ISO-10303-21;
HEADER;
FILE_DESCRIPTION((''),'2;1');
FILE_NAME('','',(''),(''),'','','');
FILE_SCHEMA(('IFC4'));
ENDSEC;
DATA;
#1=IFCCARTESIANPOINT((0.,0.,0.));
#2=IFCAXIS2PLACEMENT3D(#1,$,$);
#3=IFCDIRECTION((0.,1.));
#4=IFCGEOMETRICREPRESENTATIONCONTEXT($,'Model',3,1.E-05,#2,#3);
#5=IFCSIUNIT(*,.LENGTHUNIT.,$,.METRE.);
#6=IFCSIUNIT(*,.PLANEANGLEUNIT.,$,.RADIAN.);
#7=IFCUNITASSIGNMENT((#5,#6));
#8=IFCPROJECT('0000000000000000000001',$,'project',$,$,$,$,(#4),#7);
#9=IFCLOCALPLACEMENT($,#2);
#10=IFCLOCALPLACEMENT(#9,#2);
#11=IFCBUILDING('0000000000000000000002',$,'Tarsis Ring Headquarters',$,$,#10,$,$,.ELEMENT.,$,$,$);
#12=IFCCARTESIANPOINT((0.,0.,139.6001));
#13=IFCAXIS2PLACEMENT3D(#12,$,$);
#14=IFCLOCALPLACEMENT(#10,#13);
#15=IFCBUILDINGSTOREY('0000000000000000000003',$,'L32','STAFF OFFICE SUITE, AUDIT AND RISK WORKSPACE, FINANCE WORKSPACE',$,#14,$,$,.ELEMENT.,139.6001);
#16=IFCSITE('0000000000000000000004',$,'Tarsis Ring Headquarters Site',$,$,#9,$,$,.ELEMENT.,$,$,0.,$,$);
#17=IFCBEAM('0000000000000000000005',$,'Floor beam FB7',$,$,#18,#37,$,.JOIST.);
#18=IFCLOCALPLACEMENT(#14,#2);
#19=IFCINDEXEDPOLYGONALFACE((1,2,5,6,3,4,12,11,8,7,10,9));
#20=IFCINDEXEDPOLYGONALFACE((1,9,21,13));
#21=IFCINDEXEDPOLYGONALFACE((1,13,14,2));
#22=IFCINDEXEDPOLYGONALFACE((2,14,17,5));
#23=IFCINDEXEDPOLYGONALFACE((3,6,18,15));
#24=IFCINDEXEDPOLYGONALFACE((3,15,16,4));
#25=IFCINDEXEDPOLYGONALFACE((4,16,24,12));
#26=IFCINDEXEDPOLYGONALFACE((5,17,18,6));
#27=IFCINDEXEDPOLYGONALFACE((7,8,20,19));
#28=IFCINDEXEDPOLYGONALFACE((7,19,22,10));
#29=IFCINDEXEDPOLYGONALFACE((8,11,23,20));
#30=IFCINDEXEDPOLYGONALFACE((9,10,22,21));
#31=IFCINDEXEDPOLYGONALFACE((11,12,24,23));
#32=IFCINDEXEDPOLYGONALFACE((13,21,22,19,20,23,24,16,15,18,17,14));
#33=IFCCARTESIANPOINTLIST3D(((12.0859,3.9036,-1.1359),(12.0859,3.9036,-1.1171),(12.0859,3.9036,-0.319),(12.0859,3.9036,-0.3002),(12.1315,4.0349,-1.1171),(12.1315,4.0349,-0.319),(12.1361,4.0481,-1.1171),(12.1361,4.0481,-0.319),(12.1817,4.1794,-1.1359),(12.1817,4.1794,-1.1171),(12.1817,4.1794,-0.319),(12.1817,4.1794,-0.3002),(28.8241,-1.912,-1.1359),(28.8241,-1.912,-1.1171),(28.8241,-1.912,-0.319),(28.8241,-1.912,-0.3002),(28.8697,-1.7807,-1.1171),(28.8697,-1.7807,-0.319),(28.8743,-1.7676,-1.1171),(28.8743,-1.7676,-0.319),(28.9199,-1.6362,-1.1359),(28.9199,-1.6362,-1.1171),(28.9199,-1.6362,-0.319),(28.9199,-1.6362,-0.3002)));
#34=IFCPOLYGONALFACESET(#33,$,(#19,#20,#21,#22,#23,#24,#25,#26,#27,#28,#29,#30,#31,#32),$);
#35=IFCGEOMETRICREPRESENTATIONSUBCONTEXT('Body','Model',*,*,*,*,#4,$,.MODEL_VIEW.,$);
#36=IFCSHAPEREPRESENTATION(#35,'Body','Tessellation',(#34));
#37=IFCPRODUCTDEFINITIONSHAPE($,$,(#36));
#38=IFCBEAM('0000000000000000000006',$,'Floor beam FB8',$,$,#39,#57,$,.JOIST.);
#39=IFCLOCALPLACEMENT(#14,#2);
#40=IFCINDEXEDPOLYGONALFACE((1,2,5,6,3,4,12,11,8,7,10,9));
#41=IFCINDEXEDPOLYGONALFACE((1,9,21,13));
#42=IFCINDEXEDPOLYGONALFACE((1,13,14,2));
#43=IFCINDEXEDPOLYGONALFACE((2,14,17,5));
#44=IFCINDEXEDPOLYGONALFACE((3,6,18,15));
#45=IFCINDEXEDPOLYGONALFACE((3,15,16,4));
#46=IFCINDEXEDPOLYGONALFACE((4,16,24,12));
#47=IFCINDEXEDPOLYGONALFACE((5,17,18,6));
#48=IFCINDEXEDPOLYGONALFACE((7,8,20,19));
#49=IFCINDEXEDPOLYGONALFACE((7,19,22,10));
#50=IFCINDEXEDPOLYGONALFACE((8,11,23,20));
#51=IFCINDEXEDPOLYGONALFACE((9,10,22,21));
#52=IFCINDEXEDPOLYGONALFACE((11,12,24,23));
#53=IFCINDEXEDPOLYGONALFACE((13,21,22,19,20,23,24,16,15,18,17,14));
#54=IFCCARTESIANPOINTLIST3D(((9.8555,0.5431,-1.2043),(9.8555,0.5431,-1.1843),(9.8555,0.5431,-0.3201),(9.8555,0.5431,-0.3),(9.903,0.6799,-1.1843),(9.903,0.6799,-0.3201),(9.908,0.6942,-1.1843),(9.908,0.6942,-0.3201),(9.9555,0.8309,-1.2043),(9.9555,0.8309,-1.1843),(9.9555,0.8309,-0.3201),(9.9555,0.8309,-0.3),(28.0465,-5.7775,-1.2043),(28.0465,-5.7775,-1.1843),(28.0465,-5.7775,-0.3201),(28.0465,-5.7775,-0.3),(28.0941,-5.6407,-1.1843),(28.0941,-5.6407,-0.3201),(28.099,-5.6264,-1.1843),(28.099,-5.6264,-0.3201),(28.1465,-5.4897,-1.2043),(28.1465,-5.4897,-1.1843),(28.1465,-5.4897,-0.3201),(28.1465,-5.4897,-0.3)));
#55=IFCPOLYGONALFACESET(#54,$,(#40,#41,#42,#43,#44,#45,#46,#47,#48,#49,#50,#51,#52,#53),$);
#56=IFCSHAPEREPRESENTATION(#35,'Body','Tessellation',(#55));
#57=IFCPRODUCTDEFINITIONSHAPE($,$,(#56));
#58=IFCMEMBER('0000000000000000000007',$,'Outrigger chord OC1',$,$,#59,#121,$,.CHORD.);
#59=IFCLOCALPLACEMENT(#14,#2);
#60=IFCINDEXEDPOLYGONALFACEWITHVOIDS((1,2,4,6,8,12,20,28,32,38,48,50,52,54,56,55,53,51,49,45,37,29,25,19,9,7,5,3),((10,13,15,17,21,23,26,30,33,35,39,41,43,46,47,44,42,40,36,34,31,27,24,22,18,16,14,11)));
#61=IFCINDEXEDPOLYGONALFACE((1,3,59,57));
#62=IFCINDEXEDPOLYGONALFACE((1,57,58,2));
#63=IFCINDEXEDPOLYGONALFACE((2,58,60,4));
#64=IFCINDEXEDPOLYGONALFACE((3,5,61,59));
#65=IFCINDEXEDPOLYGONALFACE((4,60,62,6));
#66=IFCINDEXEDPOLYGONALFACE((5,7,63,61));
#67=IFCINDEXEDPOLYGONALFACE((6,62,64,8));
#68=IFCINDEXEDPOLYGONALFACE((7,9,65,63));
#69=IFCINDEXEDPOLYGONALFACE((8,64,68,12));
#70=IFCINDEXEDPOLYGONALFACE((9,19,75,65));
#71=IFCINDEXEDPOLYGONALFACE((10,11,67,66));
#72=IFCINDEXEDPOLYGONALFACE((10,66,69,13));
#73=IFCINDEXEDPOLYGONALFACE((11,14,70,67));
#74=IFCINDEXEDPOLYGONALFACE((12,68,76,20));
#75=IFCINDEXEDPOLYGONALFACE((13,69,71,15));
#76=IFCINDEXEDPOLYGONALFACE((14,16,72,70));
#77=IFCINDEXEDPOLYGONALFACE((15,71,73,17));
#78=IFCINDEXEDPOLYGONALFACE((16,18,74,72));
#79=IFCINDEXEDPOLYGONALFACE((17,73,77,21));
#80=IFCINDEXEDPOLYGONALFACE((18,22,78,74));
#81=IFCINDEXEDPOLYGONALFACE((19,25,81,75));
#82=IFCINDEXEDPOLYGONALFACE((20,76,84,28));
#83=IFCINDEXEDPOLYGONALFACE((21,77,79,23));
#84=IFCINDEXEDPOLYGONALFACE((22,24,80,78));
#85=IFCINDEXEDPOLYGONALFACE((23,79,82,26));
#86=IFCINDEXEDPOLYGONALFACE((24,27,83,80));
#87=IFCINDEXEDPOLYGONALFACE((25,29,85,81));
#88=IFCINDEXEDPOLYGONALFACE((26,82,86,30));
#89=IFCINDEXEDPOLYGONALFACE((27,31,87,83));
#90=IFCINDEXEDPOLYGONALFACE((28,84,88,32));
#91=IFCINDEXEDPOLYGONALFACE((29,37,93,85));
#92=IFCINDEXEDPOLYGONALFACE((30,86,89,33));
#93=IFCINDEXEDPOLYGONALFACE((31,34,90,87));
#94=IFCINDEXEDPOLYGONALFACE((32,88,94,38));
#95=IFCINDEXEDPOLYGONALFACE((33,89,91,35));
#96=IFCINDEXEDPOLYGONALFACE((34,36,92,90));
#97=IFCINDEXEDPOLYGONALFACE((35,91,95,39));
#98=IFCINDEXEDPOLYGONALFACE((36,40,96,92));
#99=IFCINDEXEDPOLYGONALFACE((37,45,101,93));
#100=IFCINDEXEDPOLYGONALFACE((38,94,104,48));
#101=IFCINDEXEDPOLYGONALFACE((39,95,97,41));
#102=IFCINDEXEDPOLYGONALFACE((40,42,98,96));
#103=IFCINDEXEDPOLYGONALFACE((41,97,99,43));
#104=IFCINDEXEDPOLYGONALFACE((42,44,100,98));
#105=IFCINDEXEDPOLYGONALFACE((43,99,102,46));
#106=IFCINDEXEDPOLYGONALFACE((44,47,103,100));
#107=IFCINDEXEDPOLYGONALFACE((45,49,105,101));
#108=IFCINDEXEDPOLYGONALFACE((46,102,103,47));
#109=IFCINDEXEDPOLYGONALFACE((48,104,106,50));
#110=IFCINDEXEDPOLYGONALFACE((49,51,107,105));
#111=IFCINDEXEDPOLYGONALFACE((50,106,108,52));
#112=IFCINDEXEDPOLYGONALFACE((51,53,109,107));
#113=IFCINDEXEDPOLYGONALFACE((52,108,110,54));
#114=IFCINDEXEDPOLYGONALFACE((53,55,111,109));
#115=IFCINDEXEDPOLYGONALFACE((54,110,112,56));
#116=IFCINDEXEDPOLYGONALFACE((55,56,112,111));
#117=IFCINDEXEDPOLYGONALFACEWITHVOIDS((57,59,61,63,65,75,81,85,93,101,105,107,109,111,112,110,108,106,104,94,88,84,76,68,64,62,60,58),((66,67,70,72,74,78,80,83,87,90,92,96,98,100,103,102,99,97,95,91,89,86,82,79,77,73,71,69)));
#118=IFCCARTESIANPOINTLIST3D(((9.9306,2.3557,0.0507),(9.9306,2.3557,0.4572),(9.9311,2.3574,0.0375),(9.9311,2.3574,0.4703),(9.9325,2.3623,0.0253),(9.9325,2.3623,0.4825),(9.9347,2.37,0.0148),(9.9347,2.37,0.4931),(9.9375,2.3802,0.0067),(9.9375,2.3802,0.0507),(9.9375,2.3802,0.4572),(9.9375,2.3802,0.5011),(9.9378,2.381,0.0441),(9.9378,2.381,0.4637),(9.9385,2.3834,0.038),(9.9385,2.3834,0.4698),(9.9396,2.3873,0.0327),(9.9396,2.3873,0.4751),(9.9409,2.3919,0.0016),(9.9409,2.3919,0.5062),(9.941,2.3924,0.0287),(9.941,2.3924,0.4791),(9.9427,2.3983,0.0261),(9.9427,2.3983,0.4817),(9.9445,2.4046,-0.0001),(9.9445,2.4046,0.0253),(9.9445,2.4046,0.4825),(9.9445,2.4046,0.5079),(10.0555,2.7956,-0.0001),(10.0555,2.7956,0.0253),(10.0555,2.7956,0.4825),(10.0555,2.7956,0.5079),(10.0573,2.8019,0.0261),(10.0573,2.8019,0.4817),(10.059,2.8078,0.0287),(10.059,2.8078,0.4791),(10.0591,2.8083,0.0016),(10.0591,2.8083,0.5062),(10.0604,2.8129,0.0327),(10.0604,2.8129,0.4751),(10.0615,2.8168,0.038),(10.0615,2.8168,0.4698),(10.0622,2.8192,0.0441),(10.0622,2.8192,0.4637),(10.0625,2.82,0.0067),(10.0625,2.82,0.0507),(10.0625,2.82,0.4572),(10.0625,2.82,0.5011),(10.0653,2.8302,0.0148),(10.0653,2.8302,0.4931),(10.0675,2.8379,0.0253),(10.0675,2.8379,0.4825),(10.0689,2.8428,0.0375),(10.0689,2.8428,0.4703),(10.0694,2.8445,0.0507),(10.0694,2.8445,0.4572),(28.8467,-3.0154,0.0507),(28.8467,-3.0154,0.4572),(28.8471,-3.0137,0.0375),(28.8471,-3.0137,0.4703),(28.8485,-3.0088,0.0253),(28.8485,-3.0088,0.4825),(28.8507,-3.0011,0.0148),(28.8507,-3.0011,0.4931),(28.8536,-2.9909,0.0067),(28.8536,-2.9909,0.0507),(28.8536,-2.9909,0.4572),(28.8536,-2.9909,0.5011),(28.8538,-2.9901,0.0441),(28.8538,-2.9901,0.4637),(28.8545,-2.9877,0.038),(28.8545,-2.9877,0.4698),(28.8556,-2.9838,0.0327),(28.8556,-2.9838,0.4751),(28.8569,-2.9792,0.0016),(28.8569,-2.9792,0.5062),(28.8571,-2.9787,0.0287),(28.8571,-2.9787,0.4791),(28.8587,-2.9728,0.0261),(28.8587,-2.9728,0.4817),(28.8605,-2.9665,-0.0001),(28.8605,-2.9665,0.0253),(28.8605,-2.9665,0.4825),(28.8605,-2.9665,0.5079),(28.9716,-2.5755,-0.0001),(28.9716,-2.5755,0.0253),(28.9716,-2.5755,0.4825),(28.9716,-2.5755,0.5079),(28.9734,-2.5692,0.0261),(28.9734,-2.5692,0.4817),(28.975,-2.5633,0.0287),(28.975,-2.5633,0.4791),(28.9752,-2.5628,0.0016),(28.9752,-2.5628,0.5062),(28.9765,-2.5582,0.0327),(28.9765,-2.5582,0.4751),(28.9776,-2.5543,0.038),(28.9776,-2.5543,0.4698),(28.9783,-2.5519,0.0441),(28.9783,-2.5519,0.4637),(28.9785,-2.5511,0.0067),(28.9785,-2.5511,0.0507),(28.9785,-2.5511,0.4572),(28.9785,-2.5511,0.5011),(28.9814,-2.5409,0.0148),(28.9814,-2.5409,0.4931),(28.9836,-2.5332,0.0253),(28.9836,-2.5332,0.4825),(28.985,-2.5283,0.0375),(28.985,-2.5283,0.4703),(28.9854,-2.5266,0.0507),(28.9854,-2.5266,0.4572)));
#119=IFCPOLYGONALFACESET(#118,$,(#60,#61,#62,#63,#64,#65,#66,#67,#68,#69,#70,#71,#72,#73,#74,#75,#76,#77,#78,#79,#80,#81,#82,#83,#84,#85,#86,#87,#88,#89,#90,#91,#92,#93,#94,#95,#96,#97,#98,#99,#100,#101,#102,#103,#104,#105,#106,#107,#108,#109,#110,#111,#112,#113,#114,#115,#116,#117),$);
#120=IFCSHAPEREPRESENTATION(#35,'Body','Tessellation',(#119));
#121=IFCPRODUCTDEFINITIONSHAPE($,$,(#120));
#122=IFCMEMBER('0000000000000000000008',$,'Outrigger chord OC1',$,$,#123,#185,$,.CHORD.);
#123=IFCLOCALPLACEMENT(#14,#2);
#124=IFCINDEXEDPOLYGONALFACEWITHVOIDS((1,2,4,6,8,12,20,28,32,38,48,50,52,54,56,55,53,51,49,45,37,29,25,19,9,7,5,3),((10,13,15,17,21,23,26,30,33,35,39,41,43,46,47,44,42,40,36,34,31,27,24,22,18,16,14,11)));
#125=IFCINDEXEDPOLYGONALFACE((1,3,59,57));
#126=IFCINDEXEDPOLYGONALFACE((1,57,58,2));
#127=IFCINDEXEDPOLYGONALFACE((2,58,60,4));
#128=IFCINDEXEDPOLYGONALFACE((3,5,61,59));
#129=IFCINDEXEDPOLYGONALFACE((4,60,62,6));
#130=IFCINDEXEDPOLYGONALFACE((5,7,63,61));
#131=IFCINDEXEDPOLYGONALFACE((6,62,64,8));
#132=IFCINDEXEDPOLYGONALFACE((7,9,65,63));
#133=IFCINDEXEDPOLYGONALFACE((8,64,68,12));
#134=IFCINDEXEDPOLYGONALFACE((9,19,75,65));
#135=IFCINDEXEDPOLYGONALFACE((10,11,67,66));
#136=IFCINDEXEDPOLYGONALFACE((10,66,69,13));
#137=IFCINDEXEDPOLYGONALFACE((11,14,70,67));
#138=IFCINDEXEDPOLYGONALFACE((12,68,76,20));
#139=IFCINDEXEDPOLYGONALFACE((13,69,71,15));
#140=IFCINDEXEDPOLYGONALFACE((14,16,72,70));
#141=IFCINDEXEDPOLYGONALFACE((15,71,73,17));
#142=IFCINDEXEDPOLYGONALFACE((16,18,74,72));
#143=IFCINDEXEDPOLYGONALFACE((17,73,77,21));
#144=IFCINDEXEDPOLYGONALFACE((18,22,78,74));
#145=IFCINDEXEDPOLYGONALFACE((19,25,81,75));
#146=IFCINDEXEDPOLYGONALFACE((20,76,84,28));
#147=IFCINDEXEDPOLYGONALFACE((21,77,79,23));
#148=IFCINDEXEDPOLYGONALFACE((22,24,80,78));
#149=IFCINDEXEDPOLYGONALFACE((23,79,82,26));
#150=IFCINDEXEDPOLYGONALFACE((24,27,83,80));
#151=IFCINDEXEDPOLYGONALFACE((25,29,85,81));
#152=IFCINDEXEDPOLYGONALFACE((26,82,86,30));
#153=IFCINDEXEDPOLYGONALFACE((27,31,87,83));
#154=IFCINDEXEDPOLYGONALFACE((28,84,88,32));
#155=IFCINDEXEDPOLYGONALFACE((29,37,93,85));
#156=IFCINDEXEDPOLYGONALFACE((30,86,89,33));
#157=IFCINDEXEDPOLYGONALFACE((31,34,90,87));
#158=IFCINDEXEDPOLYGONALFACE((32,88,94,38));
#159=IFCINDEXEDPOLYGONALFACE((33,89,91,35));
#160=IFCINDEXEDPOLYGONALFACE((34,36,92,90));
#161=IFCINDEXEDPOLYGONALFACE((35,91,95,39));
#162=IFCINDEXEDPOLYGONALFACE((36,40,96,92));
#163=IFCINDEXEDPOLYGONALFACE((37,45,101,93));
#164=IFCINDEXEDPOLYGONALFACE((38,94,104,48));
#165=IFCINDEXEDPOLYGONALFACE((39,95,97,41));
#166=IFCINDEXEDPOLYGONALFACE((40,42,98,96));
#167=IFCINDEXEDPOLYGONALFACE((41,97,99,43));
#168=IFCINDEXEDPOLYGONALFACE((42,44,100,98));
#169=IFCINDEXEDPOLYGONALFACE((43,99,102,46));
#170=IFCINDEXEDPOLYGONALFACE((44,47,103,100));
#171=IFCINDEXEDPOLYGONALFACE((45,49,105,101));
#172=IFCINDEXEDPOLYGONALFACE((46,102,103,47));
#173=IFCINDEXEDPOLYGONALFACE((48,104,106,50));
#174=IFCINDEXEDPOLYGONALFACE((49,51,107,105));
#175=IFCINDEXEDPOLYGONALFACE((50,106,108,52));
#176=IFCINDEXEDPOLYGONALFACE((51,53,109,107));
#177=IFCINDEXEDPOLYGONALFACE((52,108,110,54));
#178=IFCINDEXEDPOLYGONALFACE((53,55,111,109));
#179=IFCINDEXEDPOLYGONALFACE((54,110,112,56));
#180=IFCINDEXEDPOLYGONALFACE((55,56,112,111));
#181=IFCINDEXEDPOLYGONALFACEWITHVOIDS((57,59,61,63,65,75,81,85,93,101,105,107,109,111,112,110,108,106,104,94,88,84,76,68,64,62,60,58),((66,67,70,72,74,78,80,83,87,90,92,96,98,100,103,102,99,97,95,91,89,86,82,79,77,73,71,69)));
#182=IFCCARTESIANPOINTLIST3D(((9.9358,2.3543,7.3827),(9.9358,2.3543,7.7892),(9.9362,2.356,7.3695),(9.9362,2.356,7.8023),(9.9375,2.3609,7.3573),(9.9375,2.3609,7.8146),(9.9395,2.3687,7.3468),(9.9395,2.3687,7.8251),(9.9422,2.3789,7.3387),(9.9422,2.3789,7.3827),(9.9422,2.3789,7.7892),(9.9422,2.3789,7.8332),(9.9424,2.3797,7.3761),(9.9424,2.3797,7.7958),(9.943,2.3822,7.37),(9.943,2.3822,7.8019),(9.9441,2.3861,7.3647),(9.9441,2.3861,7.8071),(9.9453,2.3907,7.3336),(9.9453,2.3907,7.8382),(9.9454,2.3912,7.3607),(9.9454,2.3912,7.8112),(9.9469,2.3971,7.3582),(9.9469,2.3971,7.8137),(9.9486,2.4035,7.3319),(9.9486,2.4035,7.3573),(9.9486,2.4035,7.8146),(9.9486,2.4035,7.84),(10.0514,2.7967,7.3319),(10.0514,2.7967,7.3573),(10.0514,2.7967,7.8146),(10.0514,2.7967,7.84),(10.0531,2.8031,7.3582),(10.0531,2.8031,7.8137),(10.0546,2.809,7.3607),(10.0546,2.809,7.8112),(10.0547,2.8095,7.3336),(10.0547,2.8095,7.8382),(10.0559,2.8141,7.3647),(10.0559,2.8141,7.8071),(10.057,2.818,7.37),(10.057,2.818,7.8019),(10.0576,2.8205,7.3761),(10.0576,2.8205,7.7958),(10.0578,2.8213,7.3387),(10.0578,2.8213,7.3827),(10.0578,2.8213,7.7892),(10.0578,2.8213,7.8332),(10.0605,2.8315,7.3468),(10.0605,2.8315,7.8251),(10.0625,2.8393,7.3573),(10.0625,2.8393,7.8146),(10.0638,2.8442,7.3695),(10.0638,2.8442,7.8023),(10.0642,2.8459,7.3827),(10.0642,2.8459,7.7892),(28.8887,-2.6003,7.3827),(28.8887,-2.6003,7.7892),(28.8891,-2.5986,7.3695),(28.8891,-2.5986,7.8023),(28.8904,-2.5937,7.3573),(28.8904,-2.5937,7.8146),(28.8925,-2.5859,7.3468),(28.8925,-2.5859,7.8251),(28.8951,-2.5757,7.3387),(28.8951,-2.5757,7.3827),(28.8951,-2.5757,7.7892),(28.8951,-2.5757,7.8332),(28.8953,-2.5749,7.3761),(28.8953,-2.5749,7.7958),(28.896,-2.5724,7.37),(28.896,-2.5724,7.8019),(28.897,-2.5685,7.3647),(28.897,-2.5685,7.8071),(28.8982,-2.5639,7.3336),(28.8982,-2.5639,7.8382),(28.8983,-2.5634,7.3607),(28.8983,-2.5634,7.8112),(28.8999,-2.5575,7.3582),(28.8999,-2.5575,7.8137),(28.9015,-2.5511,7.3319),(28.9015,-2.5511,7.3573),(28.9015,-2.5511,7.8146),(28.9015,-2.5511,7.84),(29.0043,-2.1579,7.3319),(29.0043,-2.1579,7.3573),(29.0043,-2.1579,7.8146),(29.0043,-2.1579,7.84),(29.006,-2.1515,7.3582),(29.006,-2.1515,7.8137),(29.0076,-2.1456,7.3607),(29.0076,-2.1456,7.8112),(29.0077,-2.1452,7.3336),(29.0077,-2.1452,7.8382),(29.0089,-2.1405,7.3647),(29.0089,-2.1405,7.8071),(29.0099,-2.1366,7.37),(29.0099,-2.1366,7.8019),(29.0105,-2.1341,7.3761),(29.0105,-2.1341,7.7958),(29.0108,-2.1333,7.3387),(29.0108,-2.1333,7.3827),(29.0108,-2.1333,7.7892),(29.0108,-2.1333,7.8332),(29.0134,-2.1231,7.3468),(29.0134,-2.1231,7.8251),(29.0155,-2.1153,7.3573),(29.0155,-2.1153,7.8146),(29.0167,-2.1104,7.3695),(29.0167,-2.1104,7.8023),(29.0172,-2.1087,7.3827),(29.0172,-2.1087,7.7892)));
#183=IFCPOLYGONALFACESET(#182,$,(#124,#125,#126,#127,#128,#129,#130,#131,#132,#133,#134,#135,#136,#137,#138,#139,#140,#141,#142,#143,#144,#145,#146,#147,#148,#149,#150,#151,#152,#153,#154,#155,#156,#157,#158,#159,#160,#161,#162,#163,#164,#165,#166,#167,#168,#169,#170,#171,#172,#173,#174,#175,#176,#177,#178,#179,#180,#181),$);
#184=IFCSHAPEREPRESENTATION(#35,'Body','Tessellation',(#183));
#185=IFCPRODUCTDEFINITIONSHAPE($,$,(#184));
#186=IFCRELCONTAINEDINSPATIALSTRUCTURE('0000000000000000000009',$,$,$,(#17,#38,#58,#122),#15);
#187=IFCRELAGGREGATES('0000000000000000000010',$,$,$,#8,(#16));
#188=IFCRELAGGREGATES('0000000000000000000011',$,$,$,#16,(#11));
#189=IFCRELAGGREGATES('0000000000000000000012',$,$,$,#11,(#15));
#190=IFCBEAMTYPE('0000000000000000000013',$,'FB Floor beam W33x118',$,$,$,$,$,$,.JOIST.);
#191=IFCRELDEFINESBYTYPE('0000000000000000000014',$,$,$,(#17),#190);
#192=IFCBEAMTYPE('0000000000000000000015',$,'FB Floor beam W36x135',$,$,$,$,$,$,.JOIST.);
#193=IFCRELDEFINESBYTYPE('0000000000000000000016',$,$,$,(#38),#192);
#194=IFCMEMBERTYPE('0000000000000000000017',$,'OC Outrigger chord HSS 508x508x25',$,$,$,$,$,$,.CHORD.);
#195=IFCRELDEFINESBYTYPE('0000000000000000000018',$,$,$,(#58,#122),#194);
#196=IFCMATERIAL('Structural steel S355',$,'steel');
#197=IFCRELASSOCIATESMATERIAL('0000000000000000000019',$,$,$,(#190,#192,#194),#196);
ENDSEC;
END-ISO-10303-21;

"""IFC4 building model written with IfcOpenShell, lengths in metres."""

from ifc_helpers import new_model, si_unit, direction, frame, origin, origin_2d, place, context, subcontext, project, spatial, hollow_rectangle, i_section, extrude, material, material_profile, profile_set, type_object, element, save


model = new_model("IFC4")

# Units and contexts
model_context = context("Model", 3, precision=1e-05, world=origin(), true_north=direction((0.0, 1.0)))
body_context = subcontext(model_context, "Body", "Model", "MODEL_VIEW")
ifc_project = project(units=[si_unit("LENGTHUNIT", "METRE"), si_unit("PLANEANGLEUNIT", "RADIAN")], contexts=[model_context])

# Site, building, storey
site_placement = place(None, origin())
site = spatial("IfcSite", under=ifc_project, at=site_placement, Name="Tarsis Ring Headquarters Site", CompositionType="ELEMENT", RefElevation=0.0)
building_placement = place(site_placement, origin())
building = spatial("IfcBuilding", under=site, at=building_placement, Name="Tarsis Ring Headquarters", CompositionType="ELEMENT")
storey_placement = place(building_placement, frame((0.0, 0.0, 139.6001)))
storey = spatial("IfcBuildingStorey", under=building, at=storey_placement, Name="L32", Description="STAFF OFFICE SUITE, AUDIT AND RISK WORKSPACE, FINANCE WORKSPACE", CompositionType="ELEMENT", Elevation=139.6001)

# Beams
ifc_material_1 = material(Name="Structural steel S355", Category="steel")
ifc_material_profile_1 = material_profile(ifc_material_1, i_section(OverallWidth=0.292, OverallDepth=0.8357, WebThickness=0.0139, FlangeThickness=0.0188, at=origin_2d()), Name="W33x118")
ifc_profile_set_1 = profile_set([ifc_material_profile_1], Name="Structural steel S355")
beam_type_1 = type_object("IfcBeamType", Name="FB Floor beam W33x118", PredefinedType="JOIST", material=ifc_profile_set_1)
beam_1_placement = place(storey_placement, frame((12.1338, 4.0415, -0.718), z_axis=(0.944608, -0.328202, 0.0), x_axis=(0.328202, 0.944608, 0.0)))
element("IfcBeam", 1, at=beam_1_placement, inside=storey, type_object=beam_type_1, Name="Floor beam FB7", PredefinedType="JOIST", context=body_context, shape_type="SweptSolid", body=[
    extrude(i_section(OverallWidth=0.292, OverallDepth=0.8357, WebThickness=0.0139, FlangeThickness=0.0188, at=origin_2d()), origin(), (0.0, 0.0, 1.0), 17.7197),
])
ifc_material_profile_2 = material_profile(ifc_material_1, i_section(OverallWidth=0.3047, OverallDepth=0.9043, WebThickness=0.0151, FlangeThickness=0.02, at=origin_2d()), Name="W36x135")
ifc_profile_set_2 = profile_set([ifc_material_profile_2], Name="Structural steel S355")
beam_type_2 = type_object("IfcBeamType", Name="FB Floor beam W36x135", PredefinedType="JOIST", material=ifc_profile_set_2)
beam_2_placement = place(storey_placement, frame((9.9055, 0.687, -0.7522), z_axis=(0.944605, -0.328209, 0.0), x_axis=(0.328209, 0.944605, 0.0)))
element("IfcBeam", 2, at=beam_2_placement, inside=storey, type_object=beam_type_2, Name="Floor beam FB8", PredefinedType="JOIST", context=body_context, shape_type="SweptSolid", body=[
    extrude(i_section(OverallWidth=0.3047, OverallDepth=0.9043, WebThickness=0.0151, FlangeThickness=0.02, at=origin_2d()), origin(), (0.0, 0.0, 1.0), 19.2578),
])

# Members
ifc_material_profile_3 = material_profile(ifc_material_1, hollow_rectangle(XDim=0.5081, YDim=0.5081, WallThickness=0.0254, InnerFilletRadius=0.0254, OuterFilletRadius=0.0508, at=origin_2d()), Name="HSS 508x508x25")
ifc_profile_set_3 = profile_set([ifc_material_profile_3], Name="Structural steel S355")
member_type_1 = type_object("IfcMemberType", Name="OC Outrigger chord HSS 508x508x25", PredefinedType="CHORD", material=ifc_profile_set_3)
member_1_placement = place(storey_placement, frame((10.0, 2.6001, 0.2539), z_axis=(0.961972, -0.273147, 0.0), x_axis=(0.273147, 0.961972, 0.0)))
element("IfcMember", 3, at=member_1_placement, inside=storey, type_object=member_type_1, Name="Outrigger chord OC1", PredefinedType="CHORD", context=body_context, shape_type="SweptSolid", body=[
    extrude(hollow_rectangle(XDim=0.5081, YDim=0.5081, WallThickness=0.0254, InnerFilletRadius=0.0254, OuterFilletRadius=0.0508, at=origin_2d()), origin(), (0.0, 0.0, 1.0), 19.6638),
])
member_2_placement = place(storey_placement, frame((10.0, 2.6001, 7.5859), z_axis=(0.967488, -0.252917, 0.0), x_axis=(0.252917, 0.967488, 0.0)))
element("IfcMember", 4, at=member_2_placement, inside=storey, type_object=member_type_1, Name="Outrigger chord OC1", PredefinedType="CHORD", context=body_context, shape_type="SweptSolid", body=[
    extrude(hollow_rectangle(XDim=0.5081, YDim=0.5081, WallThickness=0.0254, InnerFilletRadius=0.0254, OuterFilletRadius=0.0508, at=origin_2d()), origin(), (0.0, 0.0, 1.0), 19.5898),
])

save(model, "model.ifc")
